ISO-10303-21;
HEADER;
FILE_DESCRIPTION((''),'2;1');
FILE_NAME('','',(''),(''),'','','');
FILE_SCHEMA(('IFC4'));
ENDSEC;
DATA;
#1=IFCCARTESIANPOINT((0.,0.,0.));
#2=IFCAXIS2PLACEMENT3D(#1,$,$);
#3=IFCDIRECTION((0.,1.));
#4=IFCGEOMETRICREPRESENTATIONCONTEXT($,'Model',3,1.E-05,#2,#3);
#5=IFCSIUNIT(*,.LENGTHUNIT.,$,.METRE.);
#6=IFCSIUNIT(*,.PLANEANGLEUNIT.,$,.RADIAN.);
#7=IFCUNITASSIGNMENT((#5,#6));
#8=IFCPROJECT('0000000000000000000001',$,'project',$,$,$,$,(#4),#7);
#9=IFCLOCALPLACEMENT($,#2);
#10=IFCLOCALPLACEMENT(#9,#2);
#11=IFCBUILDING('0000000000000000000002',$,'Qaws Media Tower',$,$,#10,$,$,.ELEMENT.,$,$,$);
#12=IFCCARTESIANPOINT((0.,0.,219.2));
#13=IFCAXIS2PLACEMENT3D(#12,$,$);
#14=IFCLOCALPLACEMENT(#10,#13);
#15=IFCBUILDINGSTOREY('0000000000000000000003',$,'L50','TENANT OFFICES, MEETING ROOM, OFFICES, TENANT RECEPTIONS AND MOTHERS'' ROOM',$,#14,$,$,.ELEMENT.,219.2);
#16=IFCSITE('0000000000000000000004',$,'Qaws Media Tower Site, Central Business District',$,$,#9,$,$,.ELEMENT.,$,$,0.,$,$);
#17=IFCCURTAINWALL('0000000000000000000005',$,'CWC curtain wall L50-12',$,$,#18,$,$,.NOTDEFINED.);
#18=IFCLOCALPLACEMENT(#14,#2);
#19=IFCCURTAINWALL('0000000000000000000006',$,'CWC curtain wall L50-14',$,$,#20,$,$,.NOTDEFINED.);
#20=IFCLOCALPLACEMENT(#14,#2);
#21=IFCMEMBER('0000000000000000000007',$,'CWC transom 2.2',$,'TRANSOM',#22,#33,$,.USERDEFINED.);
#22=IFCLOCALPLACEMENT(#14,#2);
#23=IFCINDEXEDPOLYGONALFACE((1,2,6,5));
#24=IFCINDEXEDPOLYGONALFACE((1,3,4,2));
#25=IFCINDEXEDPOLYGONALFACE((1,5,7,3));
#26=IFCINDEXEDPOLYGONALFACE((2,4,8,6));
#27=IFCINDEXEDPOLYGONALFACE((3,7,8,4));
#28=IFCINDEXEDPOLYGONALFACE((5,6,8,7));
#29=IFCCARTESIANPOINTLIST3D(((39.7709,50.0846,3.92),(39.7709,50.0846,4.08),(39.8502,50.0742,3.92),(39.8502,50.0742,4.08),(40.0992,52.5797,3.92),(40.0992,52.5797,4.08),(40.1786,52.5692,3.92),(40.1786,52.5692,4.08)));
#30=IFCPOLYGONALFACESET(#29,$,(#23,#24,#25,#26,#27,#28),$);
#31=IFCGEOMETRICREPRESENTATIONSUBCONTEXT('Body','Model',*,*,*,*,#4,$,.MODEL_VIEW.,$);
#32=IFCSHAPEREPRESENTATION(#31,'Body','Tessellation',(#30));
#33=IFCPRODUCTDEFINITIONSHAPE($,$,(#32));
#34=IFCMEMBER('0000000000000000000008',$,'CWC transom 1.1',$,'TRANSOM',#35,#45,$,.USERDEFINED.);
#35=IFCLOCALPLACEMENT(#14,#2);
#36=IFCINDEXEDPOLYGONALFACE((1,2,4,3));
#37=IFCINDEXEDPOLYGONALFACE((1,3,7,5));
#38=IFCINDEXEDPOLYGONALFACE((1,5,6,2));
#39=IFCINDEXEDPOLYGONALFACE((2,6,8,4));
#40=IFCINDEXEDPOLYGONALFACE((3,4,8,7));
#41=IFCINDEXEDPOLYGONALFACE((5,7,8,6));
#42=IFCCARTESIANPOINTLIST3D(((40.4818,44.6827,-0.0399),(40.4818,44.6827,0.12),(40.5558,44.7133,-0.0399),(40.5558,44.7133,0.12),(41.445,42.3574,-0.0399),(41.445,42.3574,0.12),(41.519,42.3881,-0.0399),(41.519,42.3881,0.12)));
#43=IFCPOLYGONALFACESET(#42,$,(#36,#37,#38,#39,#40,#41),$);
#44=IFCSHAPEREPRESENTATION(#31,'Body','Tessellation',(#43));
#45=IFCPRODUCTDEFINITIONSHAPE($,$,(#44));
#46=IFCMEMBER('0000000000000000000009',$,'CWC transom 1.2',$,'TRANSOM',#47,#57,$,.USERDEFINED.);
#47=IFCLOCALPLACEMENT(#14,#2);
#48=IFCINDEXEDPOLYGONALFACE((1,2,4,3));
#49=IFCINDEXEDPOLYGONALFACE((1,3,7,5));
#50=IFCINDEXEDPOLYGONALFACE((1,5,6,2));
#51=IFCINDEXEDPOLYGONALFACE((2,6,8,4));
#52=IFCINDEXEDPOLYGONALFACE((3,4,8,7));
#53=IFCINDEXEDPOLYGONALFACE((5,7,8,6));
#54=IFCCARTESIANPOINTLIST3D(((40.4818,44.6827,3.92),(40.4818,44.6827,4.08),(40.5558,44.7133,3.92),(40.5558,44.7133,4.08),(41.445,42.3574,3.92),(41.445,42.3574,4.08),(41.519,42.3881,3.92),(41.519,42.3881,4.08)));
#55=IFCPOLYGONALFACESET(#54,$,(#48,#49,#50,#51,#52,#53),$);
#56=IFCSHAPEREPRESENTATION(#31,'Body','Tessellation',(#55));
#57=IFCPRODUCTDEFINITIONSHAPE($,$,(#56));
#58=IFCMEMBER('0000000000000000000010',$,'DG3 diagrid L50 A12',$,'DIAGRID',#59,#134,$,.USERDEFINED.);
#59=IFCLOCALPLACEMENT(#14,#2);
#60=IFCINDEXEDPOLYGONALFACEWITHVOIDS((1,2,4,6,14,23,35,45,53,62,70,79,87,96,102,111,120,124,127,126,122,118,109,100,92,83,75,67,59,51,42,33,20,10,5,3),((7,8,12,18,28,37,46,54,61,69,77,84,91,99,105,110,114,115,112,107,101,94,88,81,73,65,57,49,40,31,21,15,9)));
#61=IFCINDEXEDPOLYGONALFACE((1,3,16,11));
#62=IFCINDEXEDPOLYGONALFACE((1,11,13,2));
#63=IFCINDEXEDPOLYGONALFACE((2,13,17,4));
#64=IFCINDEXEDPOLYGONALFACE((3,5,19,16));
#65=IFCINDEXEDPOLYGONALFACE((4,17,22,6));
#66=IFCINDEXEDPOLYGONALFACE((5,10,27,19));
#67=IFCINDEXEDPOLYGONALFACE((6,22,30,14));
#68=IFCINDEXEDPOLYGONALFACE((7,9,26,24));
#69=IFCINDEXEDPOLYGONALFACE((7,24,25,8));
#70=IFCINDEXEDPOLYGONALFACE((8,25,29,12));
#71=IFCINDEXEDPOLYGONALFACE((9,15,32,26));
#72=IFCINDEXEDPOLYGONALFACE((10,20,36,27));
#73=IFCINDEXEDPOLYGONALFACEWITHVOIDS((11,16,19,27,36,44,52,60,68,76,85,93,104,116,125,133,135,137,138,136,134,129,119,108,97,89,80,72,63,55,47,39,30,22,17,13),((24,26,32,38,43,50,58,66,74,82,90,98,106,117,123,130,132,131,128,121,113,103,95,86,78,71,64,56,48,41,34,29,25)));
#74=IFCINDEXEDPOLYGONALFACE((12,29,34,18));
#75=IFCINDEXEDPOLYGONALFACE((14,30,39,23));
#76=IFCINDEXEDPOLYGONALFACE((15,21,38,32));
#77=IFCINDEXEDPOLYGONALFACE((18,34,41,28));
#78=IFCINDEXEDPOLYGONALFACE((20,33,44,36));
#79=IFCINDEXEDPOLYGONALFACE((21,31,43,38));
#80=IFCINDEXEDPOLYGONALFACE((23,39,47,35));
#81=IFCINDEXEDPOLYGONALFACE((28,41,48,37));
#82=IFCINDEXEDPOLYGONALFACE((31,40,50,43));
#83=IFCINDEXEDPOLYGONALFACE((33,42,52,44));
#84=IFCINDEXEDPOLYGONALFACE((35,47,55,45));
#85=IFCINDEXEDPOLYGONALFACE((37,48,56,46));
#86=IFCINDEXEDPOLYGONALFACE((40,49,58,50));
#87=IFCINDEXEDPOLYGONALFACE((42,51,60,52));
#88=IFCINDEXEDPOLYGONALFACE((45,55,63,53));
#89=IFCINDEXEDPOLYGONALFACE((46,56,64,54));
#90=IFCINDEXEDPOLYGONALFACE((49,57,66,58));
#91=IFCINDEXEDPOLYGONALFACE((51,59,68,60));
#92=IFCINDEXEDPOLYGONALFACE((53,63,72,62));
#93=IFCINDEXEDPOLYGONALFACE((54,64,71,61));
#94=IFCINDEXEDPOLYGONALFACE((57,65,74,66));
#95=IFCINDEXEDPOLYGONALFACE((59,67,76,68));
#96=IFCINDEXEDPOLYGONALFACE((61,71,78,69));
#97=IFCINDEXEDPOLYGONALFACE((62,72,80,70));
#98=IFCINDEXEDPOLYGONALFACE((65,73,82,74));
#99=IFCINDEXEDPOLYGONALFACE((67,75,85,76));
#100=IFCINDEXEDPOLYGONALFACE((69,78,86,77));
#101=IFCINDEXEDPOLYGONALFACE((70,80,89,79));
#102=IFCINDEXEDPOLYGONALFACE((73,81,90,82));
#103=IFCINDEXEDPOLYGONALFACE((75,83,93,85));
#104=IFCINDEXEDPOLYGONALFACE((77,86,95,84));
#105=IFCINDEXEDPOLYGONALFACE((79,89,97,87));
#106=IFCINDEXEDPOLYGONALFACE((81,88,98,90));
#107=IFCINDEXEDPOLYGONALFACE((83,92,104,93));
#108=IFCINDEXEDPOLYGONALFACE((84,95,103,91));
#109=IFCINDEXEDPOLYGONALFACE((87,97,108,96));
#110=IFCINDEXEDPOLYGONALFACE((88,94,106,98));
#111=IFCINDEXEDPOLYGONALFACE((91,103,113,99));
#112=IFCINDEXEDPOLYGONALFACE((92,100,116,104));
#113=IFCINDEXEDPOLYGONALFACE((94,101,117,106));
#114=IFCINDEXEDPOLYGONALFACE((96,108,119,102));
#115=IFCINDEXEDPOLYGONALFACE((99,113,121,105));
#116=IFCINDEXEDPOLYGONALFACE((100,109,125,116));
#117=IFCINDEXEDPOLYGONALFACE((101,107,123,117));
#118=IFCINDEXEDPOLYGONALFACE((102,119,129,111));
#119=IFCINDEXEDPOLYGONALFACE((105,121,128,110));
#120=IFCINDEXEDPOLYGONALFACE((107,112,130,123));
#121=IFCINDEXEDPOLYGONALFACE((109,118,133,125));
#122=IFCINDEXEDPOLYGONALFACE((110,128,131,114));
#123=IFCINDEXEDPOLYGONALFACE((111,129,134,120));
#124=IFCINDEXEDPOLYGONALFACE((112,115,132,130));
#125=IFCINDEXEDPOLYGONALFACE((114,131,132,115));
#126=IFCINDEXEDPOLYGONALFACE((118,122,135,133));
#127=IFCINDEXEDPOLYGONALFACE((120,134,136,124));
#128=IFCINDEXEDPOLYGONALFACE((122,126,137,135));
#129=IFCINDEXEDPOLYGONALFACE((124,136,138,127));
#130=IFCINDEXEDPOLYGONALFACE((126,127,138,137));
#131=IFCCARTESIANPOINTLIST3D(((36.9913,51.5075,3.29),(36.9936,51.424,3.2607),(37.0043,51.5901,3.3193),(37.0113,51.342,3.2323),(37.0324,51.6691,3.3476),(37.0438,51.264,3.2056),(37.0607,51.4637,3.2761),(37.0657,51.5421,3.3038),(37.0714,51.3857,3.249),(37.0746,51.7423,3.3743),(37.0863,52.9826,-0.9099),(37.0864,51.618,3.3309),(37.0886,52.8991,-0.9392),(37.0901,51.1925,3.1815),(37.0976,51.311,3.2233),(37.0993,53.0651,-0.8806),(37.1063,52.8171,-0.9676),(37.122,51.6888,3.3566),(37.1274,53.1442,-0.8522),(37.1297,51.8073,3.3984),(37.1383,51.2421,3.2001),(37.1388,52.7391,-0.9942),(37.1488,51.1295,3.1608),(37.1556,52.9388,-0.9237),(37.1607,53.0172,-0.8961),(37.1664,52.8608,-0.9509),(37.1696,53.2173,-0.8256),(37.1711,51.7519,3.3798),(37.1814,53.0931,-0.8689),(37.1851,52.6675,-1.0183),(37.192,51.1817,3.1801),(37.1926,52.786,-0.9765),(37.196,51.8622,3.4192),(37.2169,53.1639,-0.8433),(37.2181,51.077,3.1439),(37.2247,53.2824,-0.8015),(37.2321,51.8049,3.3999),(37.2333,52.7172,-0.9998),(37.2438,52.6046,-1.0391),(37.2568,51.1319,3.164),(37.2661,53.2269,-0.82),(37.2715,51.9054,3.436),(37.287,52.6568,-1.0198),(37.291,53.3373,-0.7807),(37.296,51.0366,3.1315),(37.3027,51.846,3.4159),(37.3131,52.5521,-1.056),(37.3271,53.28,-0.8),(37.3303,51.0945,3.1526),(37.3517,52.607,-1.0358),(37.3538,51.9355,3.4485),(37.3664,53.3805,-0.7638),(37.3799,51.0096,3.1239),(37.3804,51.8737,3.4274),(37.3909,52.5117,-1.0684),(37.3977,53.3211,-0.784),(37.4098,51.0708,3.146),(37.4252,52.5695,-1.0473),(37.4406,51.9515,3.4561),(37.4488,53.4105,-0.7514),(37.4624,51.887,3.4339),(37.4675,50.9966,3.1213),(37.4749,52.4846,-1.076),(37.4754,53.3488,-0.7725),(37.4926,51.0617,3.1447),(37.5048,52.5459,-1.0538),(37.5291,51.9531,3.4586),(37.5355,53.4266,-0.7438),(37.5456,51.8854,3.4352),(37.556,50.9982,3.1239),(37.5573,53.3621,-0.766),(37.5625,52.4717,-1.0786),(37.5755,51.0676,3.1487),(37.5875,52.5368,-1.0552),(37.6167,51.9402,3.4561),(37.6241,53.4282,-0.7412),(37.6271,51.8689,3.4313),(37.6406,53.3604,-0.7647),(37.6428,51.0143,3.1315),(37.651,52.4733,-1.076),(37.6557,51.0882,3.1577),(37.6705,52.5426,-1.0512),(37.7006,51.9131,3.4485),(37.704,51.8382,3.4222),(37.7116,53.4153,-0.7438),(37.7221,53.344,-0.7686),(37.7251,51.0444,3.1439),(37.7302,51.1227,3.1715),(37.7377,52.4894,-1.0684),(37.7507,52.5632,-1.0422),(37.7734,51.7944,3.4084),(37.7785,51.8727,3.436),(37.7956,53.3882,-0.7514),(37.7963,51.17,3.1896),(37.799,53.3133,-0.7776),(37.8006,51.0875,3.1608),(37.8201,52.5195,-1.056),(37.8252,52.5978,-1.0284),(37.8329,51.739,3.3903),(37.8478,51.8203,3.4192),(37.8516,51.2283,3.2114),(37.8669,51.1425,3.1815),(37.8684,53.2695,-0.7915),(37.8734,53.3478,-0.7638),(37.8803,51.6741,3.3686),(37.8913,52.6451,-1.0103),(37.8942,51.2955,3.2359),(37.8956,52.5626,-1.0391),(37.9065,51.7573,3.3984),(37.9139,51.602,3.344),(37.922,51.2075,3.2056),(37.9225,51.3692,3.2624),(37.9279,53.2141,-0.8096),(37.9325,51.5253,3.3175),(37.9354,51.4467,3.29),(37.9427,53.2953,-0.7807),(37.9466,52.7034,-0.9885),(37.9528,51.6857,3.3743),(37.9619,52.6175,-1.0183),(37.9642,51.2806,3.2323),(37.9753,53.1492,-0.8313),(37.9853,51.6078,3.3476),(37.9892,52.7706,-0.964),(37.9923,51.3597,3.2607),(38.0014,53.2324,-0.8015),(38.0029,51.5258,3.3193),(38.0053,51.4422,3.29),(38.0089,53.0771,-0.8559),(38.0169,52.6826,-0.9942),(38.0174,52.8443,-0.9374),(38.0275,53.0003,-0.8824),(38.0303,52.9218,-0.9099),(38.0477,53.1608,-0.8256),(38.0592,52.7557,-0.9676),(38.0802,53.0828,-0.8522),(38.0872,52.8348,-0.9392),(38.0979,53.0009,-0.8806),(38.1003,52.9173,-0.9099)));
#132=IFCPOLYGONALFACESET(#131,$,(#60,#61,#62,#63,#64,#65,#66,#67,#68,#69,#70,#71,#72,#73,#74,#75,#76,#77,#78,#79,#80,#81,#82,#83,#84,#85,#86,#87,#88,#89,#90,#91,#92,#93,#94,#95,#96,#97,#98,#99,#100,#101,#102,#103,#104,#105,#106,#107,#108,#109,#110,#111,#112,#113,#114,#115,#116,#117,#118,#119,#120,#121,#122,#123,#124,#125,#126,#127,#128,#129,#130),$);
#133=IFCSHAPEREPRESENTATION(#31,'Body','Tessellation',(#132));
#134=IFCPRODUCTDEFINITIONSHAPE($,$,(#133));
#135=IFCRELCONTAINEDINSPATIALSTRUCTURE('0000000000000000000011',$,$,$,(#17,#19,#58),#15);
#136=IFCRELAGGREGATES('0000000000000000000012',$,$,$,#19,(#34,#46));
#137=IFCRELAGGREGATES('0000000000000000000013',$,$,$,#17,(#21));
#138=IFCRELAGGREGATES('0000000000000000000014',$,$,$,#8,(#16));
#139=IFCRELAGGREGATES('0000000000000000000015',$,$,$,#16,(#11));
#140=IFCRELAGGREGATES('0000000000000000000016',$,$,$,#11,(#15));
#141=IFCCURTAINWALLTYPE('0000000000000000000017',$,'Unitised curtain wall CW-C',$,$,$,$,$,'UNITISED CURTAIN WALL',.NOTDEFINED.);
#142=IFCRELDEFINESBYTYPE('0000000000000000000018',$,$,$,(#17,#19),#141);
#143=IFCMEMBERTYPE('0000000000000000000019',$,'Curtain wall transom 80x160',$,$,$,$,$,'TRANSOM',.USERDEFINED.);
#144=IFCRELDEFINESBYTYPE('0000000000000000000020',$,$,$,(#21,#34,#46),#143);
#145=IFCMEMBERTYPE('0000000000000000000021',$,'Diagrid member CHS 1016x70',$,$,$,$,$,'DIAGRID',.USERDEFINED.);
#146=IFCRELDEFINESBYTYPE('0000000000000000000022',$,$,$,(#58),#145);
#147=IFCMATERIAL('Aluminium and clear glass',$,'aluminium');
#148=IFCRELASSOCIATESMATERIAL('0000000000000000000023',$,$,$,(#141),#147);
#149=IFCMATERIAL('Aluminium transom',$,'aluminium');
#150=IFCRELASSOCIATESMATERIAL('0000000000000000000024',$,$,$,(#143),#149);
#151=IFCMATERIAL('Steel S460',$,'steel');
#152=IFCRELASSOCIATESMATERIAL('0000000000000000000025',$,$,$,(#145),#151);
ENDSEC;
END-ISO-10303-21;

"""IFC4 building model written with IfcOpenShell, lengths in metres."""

from ifc_helpers import new_model, si_unit, direction, frame, origin, origin_2d, place, context, subcontext, project, spatial, rectangle, hollow_circle, extrude, material, material_profile, profile_set, type_object, element, aggregate, save


model = new_model("IFC4")

# Units and contexts
model_context = context("Model", 3, precision=1e-05, world=origin(), true_north=direction((0.0, 1.0)))
body_context = subcontext(model_context, "Body", "Model", "MODEL_VIEW")
ifc_project = project(units=[si_unit("LENGTHUNIT", "METRE"), si_unit("PLANEANGLEUNIT", "RADIAN")], contexts=[model_context])

# Site, building, storey
site_placement = place(None, origin())
site = spatial("IfcSite", under=ifc_project, at=site_placement, Name="Qaws Media Tower Site, Central Business District", CompositionType="ELEMENT", RefElevation=0.0)
building_placement = place(site_placement, origin())
building = spatial("IfcBuilding", under=site, at=building_placement, Name="Qaws Media Tower", CompositionType="ELEMENT")
storey_placement = place(building_placement, frame((0.0, 0.0, 219.2)))
storey = spatial("IfcBuildingStorey", under=building, at=storey_placement, Name="L50", Description="TENANT OFFICES, MEETING ROOM, OFFICES, TENANT RECEPTIONS AND MOTHERS' ROOM", CompositionType="ELEMENT", Elevation=219.2)

# Shared definitions
ifc_material_1 = material(Name="Aluminium and clear glass", Category="aluminium")
curtain_wall_type = type_object("IfcCurtainWallType", Name="Unitised curtain wall CW-C", ElementType="UNITISED CURTAIN WALL", PredefinedType="NOTDEFINED", material=ifc_material_1)

# Curtain wall
curtain_wall_1_placement = place(storey_placement, origin())
curtain_wall_1 = element("IfcCurtainWall", 1, at=curtain_wall_1_placement, inside=storey, type_object=curtain_wall_type, Name="CWC curtain wall L50-12", PredefinedType="NOTDEFINED")

# Curtain wall
curtain_wall_2_placement = place(storey_placement, origin())
curtain_wall_2 = element("IfcCurtainWall", 2, at=curtain_wall_2_placement, inside=storey, type_object=curtain_wall_type, Name="CWC curtain wall L50-14", PredefinedType="NOTDEFINED")

# Members
ifc_material_2 = material(Name="Aluminium transom", Category="aluminium")
ifc_material_profile_1 = material_profile(ifc_material_2, rectangle(XDim=0.0801, YDim=0.1599, at=origin_2d()), Name="80x160")
ifc_profile_set_1 = profile_set([ifc_material_profile_1], Name="Aluminium transom")
member_type_1 = type_object("IfcMemberType", Name="Curtain wall transom 80x160", ElementType="TRANSOM", PredefinedType="USERDEFINED", material=ifc_profile_set_1)
member_1_placement = place(storey_placement, frame((40.1389, 52.5745, 4.0), z_axis=(-0.13048, -0.991451, 0.0), x_axis=(0.991451, -0.13048, 0.0)))
member_1 = element("IfcMember", 3, at=member_1_placement, type_object=member_type_1, Name="CWC transom 2.2", ObjectType="TRANSOM", PredefinedType="USERDEFINED", context=body_context, shape_type="SweptSolid", body=[
    extrude(rectangle(XDim=0.0801, YDim=0.1599, at=origin_2d()), origin(), (0.0, 0.0, 1.0), 2.5166),
])
member_2_placement = place(storey_placement, frame((40.5188, 44.698, 0.04), z_axis=(0.382686, -0.923879, 0.0), x_axis=(0.923879, 0.382686, 0.0)))
member_2 = element("IfcMember", 4, at=member_2_placement, type_object=member_type_1, Name="CWC transom 1.1", ObjectType="TRANSOM", PredefinedType="USERDEFINED", context=body_context, shape_type="SweptSolid", body=[
    extrude(rectangle(XDim=0.0801, YDim=0.1599, at=origin_2d()), origin(), (0.0, 0.0, 1.0), 2.5168),
])
member_3_placement = place(storey_placement, frame((40.5188, 44.698, 4.0), z_axis=(0.382686, -0.923879, 0.0), x_axis=(0.923879, 0.382686, 0.0)))
member_3 = element("IfcMember", 5, at=member_3_placement, type_object=member_type_1, Name="CWC transom 1.2", ObjectType="TRANSOM", PredefinedType="USERDEFINED", context=body_context, shape_type="SweptSolid", body=[
    extrude(rectangle(XDim=0.0801, YDim=0.1599, at=origin_2d()), origin(), (0.0, 0.0, 1.0), 2.5168),
])
aggregate(curtain_wall_2, [member_2, member_3])

# Member
ifc_material_3 = material(Name="Steel S460", Category="steel")
ifc_material_profile_2 = material_profile(ifc_material_3, hollow_circle(Radius=0.5081, WallThickness=0.0701, at=origin_2d()), Name="CHS 1016x70")
ifc_profile_set_2 = profile_set([ifc_material_profile_2], Name="Steel S460")
member_type_2 = type_object("IfcMemberType", Name="Diagrid member CHS 1016x70", ElementType="DIAGRID", PredefinedType="USERDEFINED", material=ifc_profile_set_2)
for number, where, z_axis, x_axis, name in (
    (6, (37.5933, 52.95, -0.9099), (-0.02133, -0.331298, 0.943285), (0.997934, -0.06425, 0.0), "DG3 diagrid L50 A12"),
):
    element("IfcMember", number, at=place(storey_placement, frame(where, z_axis=z_axis, x_axis=x_axis)), inside=storey, type_object=member_type_2, Name=name, ObjectType="DIAGRID", PredefinedType="USERDEFINED", context=body_context, shape_type="SweptSolid", body=[
        extrude(hollow_circle(Radius=0.5081, WallThickness=0.0701, at=origin_2d()), origin(), (0.0, 0.0, 1.0), 4.4524),
    ])

aggregate(curtain_wall_1, [member_1])

save(model, "model.ifc")
